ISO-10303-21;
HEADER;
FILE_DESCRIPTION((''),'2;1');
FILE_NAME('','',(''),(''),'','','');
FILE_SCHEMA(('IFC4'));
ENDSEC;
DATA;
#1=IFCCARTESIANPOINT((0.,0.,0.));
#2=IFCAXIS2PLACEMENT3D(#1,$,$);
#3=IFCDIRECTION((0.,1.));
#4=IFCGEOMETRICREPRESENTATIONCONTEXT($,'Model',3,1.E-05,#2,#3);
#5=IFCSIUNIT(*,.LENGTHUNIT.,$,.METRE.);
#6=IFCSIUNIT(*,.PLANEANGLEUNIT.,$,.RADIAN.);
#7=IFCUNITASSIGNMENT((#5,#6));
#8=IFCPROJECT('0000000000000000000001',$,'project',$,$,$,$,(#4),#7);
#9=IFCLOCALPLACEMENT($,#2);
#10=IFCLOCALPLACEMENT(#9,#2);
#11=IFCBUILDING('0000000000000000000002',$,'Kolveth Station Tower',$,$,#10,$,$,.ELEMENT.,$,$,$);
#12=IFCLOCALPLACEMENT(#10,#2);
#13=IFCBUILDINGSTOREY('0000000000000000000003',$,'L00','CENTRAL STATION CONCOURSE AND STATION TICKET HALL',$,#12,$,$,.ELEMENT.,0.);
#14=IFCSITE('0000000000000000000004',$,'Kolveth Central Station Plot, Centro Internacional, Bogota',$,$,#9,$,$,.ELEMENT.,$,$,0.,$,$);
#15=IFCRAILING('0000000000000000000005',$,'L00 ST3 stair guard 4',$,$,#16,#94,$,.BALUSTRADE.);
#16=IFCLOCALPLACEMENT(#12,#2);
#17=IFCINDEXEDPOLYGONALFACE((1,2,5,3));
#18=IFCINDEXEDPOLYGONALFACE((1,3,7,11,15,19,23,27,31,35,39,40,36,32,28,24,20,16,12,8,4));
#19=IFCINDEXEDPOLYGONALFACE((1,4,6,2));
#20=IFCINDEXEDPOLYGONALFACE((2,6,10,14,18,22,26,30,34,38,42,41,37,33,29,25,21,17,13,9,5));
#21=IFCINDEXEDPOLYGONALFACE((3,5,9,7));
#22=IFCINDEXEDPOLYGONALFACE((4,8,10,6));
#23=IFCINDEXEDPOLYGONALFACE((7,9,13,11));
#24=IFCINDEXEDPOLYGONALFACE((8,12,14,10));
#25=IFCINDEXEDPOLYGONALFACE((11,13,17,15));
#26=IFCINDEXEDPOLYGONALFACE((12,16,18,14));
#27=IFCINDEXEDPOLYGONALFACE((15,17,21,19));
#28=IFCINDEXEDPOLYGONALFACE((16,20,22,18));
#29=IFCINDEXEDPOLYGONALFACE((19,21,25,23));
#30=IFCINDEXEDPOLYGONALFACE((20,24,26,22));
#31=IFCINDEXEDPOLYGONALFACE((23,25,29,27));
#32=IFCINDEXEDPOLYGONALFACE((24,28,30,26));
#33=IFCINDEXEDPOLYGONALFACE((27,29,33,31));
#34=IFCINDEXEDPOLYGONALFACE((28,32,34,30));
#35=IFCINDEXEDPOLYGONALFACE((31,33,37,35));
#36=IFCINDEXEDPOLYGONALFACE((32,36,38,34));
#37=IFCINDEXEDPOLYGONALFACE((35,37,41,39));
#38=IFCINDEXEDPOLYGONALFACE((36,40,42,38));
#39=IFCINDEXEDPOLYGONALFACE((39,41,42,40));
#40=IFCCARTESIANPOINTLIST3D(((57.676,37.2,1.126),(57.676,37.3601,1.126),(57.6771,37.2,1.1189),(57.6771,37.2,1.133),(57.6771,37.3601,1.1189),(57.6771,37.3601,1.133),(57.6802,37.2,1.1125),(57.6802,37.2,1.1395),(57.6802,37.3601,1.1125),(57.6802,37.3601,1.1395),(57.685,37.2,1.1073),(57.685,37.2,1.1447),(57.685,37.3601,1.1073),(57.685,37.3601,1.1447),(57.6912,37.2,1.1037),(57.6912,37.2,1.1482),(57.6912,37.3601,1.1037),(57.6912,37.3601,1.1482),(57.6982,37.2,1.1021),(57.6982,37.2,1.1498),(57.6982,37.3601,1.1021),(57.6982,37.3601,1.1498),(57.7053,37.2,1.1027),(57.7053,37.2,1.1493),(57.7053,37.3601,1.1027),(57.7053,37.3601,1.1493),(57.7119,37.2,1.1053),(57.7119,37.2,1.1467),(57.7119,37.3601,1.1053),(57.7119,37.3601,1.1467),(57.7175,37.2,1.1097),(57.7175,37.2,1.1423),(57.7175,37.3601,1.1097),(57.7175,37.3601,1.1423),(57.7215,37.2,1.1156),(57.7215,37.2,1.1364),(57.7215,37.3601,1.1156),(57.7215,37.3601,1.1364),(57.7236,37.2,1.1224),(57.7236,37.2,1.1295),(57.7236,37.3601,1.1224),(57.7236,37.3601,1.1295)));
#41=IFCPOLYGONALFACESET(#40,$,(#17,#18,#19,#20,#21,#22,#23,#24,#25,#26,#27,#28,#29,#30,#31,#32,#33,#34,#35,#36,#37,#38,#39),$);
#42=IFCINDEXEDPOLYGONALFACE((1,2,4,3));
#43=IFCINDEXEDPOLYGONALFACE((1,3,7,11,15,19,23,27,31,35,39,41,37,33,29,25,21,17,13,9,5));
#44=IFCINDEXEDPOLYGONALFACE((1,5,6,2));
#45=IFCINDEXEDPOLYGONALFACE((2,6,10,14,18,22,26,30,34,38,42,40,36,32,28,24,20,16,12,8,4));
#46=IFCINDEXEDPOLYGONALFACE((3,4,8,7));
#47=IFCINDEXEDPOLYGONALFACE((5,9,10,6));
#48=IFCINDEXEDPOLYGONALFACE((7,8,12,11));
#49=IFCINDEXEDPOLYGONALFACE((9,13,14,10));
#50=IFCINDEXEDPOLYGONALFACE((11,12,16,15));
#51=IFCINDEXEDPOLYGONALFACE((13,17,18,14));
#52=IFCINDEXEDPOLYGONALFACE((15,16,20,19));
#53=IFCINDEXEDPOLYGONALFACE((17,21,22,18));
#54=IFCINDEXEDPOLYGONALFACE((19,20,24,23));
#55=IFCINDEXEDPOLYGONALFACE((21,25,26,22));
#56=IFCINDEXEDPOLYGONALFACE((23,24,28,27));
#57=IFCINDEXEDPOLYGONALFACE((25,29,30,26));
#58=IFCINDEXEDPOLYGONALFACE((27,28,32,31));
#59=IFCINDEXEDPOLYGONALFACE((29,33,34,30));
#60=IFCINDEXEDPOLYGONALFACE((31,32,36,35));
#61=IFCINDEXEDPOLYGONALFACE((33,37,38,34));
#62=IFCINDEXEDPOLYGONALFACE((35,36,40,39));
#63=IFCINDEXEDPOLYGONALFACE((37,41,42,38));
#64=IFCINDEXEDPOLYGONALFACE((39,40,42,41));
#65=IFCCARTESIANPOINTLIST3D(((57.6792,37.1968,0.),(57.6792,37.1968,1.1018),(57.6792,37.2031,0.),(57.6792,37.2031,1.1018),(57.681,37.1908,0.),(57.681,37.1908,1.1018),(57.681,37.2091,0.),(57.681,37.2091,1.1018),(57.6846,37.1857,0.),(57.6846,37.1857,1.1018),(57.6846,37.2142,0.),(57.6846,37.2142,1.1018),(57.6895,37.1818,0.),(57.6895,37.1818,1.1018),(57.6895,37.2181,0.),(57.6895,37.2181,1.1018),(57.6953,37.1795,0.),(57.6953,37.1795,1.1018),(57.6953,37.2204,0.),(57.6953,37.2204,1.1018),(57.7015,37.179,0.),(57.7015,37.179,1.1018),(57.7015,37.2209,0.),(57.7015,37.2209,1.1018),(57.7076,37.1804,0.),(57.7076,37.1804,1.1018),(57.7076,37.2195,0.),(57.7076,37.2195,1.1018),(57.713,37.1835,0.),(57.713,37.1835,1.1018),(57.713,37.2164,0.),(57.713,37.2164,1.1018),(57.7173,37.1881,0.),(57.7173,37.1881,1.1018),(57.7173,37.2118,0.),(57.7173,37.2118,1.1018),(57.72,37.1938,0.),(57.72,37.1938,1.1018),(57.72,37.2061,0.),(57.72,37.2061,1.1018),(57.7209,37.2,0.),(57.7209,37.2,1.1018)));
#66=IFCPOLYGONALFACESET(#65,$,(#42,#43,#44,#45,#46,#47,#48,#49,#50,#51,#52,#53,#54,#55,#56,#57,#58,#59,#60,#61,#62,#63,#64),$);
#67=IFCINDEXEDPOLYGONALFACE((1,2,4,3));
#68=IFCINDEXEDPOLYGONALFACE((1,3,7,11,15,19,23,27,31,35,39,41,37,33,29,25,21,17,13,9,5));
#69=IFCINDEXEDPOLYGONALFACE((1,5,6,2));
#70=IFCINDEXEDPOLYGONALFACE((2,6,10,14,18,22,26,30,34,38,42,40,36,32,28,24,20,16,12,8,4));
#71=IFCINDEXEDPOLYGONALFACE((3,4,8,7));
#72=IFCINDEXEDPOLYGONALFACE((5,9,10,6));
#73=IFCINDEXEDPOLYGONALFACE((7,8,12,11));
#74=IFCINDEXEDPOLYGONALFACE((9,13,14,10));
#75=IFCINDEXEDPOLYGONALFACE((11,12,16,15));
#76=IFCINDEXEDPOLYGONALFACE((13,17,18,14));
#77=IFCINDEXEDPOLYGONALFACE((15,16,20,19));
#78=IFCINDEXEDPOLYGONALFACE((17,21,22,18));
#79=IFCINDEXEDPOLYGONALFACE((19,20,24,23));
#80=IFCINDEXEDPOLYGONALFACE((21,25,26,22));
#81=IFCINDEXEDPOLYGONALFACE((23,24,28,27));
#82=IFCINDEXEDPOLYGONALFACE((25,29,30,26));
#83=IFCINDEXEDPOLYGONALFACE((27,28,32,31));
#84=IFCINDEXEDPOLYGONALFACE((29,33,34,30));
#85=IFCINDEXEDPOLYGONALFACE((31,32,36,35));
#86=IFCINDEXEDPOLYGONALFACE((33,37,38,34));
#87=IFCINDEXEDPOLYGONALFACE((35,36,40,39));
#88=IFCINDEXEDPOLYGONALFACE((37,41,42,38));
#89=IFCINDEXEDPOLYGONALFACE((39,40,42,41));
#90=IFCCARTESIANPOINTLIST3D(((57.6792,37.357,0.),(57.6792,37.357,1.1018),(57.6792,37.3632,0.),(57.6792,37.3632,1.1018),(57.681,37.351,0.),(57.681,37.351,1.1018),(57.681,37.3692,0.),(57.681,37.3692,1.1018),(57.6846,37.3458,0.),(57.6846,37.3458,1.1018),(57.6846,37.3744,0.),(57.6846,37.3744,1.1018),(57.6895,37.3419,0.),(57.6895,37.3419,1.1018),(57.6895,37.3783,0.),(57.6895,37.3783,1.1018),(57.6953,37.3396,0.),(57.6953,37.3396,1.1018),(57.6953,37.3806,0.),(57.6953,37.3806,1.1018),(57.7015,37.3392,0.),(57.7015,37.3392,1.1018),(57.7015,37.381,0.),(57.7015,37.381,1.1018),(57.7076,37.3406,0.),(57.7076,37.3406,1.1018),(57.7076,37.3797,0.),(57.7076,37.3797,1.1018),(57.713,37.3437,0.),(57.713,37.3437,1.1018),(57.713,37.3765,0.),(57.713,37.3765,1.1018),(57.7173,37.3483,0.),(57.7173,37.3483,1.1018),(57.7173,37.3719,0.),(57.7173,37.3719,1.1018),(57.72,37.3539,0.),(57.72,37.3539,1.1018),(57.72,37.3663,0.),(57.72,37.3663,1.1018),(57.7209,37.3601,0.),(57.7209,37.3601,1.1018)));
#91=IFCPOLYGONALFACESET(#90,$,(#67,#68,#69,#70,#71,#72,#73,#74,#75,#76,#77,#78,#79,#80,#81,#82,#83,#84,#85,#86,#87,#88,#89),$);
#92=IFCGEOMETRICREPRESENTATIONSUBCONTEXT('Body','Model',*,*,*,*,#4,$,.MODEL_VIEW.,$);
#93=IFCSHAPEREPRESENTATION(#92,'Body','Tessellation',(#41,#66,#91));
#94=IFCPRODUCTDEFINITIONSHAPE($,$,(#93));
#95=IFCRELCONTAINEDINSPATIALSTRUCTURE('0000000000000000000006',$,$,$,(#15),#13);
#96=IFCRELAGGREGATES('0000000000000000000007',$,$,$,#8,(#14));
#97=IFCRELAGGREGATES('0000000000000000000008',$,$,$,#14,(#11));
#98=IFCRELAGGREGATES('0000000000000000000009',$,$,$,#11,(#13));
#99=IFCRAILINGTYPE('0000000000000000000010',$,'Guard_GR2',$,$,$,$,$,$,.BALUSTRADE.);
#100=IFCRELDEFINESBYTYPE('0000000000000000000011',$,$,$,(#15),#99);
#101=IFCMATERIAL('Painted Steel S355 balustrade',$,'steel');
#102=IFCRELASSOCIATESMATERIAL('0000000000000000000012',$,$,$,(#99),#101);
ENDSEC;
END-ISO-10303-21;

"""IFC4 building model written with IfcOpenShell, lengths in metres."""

from ifc_helpers import new_model, si_unit, direction, frame, origin, origin_2d, place, context, subcontext, project, spatial, circle, extrude, material, type_object, element, save


model = new_model("IFC4")

# Units and contexts
model_context = context("Model", 3, precision=1e-05, world=origin(), true_north=direction((0.0, 1.0)))
body_context = subcontext(model_context, "Body", "Model", "MODEL_VIEW")
ifc_project = project(units=[si_unit("LENGTHUNIT", "METRE"), si_unit("PLANEANGLEUNIT", "RADIAN")], contexts=[model_context])

# Site, building, storey
site_placement = place(None, origin())
site = spatial("IfcSite", under=ifc_project, at=site_placement, Name="Kolveth Central Station Plot, Centro Internacional, Bogota", CompositionType="ELEMENT", RefElevation=0.0)
building_placement = place(site_placement, origin())
building = spatial("IfcBuilding", under=site, at=building_placement, Name="Kolveth Station Tower", CompositionType="ELEMENT")
storey_placement = place(building_placement, origin())
storey = spatial("IfcBuildingStorey", under=building, at=storey_placement, Name="L00", Description="CENTRAL STATION CONCOURSE AND STATION TICKET HALL", CompositionType="ELEMENT", Elevation=0.0)

# Railing
ifc_material_1 = material(Name="Painted Steel S355 balustrade", Category="steel")
railing_type_1 = type_object("IfcRailingType", Name="Guard_GR2", PredefinedType="BALUSTRADE", material=ifc_material_1)
railing_1_placement = place(storey_placement, frame((57.7, 37.2, 0.0)))
element("IfcRailing", 1, at=railing_1_placement, inside=storey, type_object=railing_type_1, Name="L00 ST3 stair guard 4", PredefinedType="BALUSTRADE", context=body_context, shape_type="SweptSolid", body=[
    extrude(circle(Radius=0.0239, at=origin_2d()), frame((0.0, 0.0, 1.126), z_axis=(0.0, 1.0, 0.0), x_axis=(-1.0, 0.0, 0.0)), (0.0, 0.0, 1.0), 0.1602),
    extrude(circle(Radius=0.021, at=origin_2d()), origin(), (0.0, 0.0, 1.0), 1.1018),
    extrude(circle(Radius=0.021, at=origin_2d()), frame((0.0, 0.1602, 0.0)), (0.0, 0.0, 1.0), 1.1018),
])

save(model, "model.ifc")
